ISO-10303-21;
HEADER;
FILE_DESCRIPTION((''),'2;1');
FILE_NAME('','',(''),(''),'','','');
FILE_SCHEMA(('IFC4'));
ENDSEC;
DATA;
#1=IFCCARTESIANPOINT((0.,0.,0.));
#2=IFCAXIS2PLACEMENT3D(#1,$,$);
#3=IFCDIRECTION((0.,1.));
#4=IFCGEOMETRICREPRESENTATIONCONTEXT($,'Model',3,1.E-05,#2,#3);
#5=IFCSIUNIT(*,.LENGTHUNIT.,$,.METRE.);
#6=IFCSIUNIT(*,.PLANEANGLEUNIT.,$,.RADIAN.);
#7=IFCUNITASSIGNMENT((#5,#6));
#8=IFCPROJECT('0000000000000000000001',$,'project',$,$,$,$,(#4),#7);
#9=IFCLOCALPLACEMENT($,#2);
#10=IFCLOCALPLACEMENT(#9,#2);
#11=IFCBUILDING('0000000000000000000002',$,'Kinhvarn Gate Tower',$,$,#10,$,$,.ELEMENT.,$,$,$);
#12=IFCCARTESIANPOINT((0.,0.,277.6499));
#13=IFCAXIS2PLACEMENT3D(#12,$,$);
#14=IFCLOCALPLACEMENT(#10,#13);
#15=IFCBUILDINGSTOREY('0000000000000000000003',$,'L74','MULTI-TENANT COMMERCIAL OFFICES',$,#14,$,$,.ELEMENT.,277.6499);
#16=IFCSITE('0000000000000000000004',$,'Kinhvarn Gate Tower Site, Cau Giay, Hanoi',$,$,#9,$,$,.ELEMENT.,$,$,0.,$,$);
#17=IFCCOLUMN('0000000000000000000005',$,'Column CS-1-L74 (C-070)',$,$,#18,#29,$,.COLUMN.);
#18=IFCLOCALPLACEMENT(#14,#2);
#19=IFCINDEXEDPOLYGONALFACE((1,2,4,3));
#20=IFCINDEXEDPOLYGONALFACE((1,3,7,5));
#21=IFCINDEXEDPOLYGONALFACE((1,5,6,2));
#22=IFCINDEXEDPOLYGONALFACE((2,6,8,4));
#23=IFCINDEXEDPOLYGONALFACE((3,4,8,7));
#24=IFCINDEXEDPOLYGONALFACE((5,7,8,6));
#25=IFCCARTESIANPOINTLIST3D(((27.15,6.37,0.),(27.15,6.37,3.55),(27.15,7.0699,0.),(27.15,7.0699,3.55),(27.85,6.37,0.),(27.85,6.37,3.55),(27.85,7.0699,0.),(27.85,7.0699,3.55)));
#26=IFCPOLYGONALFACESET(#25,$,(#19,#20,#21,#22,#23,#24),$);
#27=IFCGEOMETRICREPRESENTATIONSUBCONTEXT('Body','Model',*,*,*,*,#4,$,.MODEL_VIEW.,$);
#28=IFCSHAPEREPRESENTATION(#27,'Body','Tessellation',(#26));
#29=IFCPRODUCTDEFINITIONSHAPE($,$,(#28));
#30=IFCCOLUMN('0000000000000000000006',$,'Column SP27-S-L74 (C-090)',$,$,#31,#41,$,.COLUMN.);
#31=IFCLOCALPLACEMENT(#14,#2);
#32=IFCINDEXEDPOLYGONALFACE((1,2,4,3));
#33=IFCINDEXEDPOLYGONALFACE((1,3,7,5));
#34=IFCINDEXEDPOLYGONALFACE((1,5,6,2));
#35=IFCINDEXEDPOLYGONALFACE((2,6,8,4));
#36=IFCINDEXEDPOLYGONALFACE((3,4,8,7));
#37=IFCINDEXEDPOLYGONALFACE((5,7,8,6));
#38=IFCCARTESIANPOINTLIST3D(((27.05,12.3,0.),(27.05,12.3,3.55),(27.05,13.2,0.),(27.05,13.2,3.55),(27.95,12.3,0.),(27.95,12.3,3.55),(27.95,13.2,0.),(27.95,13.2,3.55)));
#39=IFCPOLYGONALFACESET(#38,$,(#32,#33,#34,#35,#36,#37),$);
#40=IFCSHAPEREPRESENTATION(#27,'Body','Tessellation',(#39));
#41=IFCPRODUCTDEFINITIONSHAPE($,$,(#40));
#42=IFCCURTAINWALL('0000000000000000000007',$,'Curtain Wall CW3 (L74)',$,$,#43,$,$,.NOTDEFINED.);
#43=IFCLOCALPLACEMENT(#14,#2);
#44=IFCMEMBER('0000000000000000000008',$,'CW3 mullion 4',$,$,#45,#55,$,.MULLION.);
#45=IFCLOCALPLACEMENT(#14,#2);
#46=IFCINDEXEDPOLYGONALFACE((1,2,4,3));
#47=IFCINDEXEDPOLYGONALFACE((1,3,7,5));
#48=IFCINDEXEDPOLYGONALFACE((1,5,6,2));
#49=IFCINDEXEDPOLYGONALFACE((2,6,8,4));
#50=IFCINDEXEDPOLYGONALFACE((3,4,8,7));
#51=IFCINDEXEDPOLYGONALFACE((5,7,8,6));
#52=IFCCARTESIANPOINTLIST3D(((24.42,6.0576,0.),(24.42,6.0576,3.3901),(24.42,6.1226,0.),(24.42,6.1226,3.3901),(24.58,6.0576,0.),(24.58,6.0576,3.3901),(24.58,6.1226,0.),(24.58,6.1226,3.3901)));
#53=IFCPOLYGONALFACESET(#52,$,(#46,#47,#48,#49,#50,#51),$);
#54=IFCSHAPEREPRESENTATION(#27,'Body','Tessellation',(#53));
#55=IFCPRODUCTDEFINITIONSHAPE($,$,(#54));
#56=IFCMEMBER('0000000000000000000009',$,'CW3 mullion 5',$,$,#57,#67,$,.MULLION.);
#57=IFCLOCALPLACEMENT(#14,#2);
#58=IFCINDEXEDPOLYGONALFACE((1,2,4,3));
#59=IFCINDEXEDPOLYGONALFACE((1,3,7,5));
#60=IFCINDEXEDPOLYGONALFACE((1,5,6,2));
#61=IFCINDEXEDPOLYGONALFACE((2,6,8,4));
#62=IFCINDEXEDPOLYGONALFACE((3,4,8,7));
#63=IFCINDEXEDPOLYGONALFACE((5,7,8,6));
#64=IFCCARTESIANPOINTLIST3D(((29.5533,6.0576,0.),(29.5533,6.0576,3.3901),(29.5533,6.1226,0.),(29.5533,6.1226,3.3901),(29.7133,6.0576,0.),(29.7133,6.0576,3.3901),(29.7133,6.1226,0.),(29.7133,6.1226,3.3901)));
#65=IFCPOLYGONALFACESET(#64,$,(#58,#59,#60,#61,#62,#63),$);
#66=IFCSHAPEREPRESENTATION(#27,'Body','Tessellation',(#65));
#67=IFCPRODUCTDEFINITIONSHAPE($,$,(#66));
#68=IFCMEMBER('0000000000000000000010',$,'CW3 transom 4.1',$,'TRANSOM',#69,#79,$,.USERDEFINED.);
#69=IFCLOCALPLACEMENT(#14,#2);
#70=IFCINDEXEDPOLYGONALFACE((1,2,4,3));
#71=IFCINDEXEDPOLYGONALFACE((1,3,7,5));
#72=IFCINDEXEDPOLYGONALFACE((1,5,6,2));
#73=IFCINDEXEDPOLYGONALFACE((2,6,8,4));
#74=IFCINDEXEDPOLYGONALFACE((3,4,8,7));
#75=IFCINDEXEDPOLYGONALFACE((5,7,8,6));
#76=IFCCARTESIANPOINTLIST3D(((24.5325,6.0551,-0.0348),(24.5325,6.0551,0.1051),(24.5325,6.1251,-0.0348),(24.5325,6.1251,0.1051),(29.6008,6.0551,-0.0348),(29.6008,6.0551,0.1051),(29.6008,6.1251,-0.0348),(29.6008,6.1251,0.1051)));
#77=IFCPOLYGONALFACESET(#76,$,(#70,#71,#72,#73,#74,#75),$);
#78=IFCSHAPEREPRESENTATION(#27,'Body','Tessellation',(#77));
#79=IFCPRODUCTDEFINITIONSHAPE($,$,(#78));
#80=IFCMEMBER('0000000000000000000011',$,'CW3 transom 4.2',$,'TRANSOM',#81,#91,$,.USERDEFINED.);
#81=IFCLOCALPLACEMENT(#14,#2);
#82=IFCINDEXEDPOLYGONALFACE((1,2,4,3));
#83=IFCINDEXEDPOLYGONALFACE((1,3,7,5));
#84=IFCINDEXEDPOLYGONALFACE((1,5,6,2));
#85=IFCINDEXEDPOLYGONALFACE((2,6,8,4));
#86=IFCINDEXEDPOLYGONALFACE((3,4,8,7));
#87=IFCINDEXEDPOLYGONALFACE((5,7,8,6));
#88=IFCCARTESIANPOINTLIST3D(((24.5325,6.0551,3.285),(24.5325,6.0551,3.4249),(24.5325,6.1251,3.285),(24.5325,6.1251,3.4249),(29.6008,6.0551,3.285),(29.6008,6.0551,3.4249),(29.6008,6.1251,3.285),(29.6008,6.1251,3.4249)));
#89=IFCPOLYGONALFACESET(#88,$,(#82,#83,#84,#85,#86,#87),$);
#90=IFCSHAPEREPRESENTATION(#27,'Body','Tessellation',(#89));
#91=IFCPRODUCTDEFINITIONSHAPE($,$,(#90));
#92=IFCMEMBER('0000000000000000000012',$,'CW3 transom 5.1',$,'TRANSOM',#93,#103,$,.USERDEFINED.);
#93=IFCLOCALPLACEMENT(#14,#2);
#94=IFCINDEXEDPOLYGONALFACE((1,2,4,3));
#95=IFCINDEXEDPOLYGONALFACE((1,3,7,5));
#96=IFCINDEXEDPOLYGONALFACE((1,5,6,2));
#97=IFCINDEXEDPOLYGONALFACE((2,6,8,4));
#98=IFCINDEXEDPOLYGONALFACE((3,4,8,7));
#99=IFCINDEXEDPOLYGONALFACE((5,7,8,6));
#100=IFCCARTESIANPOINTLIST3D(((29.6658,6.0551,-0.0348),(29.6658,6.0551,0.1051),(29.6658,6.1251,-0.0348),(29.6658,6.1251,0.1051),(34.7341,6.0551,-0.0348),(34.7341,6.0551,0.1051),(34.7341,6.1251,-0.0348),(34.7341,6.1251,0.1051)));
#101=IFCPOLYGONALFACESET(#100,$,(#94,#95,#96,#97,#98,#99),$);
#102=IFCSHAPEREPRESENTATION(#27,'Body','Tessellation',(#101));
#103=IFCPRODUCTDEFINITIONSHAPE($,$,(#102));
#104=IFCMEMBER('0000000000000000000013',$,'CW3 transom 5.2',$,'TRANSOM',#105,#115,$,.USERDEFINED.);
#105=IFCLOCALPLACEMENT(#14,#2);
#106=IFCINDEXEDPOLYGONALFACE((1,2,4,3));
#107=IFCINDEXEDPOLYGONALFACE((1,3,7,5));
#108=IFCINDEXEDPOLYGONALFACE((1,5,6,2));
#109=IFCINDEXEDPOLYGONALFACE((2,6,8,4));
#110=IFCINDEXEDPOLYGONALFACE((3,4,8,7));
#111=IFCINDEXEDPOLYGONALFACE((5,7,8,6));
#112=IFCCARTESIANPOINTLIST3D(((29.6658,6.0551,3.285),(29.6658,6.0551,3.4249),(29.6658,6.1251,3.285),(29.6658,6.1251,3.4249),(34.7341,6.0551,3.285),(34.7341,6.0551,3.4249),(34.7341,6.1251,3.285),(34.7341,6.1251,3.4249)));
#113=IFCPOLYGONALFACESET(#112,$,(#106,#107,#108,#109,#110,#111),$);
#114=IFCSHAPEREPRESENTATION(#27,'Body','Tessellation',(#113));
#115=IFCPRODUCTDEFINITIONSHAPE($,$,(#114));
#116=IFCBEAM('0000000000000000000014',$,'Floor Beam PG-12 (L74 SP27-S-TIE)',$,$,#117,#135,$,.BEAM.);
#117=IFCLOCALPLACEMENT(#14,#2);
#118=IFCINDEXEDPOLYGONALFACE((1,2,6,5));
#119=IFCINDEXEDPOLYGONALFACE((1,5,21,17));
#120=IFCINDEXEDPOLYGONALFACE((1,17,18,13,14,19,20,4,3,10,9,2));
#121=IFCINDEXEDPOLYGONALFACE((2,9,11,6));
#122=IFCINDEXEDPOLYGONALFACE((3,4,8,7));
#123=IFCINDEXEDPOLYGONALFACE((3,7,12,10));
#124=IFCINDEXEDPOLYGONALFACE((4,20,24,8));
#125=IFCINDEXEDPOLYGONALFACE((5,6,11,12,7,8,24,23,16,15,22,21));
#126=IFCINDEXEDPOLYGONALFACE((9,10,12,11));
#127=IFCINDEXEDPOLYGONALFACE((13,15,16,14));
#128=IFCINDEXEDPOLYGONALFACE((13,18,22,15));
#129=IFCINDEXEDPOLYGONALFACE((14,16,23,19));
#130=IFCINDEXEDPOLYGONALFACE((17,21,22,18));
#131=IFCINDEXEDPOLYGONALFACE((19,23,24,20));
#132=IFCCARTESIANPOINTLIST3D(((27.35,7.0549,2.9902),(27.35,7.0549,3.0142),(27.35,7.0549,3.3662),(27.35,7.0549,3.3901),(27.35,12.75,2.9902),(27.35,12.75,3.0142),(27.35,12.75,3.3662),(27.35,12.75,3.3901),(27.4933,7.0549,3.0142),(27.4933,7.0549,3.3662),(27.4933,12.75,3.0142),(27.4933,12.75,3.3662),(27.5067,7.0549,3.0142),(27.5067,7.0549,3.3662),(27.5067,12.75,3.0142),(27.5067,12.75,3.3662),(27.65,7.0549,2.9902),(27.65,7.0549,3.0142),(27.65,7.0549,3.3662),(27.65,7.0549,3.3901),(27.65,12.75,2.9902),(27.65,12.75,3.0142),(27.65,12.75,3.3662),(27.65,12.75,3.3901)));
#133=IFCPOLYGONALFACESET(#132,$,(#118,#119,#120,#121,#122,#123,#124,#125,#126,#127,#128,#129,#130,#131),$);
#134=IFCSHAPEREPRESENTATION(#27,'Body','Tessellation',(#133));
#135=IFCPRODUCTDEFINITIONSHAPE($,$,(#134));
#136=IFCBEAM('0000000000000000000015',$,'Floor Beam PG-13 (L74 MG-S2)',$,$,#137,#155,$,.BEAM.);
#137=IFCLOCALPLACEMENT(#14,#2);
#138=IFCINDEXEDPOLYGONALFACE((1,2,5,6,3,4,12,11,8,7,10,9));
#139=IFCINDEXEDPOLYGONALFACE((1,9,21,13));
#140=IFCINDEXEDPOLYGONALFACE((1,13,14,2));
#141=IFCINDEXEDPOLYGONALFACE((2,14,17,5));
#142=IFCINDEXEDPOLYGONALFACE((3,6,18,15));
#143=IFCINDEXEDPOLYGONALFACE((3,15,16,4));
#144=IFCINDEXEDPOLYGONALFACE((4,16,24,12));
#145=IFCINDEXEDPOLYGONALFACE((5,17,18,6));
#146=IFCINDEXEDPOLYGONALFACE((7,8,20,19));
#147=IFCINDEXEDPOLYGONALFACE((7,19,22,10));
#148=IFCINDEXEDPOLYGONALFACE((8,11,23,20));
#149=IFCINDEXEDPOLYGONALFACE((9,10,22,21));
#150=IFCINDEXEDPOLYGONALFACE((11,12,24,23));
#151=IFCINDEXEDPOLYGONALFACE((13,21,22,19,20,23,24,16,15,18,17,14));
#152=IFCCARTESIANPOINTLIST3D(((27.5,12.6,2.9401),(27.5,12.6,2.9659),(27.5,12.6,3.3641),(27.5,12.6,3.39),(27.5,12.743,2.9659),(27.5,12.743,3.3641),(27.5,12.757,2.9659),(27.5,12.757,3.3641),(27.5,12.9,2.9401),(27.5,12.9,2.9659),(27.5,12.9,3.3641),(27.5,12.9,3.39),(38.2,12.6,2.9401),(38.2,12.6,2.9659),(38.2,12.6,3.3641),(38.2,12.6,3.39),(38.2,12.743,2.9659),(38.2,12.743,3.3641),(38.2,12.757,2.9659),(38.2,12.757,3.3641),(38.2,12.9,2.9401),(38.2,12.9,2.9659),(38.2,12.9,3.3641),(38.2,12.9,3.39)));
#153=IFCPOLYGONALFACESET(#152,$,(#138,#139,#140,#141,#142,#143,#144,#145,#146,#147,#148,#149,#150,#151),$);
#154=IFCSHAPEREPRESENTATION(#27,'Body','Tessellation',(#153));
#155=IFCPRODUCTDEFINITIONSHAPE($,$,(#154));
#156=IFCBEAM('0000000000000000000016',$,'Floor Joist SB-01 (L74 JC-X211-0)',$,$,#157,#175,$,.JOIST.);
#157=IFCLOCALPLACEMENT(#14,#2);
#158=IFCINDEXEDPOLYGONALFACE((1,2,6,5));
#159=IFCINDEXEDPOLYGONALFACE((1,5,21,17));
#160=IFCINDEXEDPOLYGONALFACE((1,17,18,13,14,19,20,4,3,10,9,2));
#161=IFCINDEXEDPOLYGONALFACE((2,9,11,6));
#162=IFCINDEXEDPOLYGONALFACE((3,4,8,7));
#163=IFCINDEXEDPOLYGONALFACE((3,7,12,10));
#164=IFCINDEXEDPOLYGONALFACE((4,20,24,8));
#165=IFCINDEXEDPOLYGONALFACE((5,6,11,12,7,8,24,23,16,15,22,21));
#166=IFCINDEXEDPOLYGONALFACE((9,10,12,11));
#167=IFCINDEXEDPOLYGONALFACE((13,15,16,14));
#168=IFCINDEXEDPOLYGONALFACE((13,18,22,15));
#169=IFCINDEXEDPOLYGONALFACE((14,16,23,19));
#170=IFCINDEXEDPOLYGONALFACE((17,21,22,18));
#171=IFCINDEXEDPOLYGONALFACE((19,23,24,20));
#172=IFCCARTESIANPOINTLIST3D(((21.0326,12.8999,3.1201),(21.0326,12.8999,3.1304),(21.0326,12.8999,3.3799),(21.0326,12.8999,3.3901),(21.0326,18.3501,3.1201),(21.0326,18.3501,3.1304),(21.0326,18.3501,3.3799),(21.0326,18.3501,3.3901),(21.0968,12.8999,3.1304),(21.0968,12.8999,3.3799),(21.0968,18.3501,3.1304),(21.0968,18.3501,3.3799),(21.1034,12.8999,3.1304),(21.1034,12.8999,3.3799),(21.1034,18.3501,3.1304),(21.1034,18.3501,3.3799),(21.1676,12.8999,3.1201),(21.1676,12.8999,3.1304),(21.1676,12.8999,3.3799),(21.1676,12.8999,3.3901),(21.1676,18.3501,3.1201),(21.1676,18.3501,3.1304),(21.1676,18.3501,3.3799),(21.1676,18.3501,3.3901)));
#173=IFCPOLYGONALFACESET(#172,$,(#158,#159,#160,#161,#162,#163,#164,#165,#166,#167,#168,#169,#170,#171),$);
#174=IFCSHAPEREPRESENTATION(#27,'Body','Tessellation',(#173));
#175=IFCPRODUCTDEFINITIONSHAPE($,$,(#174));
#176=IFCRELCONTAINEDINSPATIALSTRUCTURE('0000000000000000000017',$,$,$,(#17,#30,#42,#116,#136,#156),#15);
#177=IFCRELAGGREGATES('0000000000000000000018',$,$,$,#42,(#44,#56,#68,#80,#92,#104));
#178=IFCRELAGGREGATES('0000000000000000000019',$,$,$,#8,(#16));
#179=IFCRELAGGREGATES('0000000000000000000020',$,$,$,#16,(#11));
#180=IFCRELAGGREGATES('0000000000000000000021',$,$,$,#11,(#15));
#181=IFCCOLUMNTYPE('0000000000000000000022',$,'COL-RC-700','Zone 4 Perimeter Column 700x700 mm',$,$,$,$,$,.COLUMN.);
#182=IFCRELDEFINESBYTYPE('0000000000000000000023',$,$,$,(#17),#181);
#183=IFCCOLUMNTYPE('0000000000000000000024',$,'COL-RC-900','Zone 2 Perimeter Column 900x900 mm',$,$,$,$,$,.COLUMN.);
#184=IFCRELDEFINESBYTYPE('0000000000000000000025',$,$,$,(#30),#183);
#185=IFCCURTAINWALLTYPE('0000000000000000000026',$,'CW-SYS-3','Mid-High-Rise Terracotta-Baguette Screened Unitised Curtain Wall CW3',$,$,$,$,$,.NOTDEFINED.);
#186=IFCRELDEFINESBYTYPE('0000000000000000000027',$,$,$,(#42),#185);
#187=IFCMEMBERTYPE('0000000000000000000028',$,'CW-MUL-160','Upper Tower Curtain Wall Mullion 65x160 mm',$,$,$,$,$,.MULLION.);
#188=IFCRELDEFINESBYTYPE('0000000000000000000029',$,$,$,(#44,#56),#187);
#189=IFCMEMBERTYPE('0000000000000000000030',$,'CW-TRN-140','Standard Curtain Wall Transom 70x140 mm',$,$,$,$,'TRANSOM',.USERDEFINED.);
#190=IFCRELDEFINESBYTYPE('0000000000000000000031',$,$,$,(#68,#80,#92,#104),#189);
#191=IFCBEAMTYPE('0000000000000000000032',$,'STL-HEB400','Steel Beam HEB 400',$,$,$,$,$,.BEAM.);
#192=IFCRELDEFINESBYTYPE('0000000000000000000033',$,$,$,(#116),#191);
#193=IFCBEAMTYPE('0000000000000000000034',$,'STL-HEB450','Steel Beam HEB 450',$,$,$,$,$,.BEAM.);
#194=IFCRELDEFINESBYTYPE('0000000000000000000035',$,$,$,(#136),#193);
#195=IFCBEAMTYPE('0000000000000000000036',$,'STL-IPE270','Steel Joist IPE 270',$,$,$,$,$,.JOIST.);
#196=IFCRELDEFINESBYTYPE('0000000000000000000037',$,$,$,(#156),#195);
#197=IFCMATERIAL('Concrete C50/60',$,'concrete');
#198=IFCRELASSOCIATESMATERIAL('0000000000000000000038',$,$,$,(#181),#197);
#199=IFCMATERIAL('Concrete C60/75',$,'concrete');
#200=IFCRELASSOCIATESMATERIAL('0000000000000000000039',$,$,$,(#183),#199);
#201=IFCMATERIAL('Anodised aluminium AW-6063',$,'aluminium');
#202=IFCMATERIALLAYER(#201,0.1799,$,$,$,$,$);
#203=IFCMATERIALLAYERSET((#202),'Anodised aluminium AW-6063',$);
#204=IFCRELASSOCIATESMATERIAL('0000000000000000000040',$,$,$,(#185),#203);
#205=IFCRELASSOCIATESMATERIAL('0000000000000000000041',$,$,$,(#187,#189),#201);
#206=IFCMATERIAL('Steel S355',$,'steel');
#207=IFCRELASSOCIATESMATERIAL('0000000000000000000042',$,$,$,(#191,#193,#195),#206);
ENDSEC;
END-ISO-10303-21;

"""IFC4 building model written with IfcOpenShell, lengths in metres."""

from ifc_helpers import new_model, si_unit, direction, frame, origin, origin_2d, place, context, subcontext, project, spatial, rectangle, i_section, extrude, material, layer, layer_set, material_profile, profile_set, type_object, element, aggregate, save


model = new_model("IFC4")

# Units and contexts
model_context = context("Model", 3, precision=1e-05, world=origin(), true_north=direction((0.0, 1.0)))
body_context = subcontext(model_context, "Body", "Model", "MODEL_VIEW")
ifc_project = project(units=[si_unit("LENGTHUNIT", "METRE"), si_unit("PLANEANGLEUNIT", "RADIAN")], contexts=[model_context])

# Site, building, storey
site_placement = place(None, origin())
site = spatial("IfcSite", under=ifc_project, at=site_placement, Name="Kinhvarn Gate Tower Site, Cau Giay, Hanoi", CompositionType="ELEMENT", RefElevation=0.0)
building_placement = place(site_placement, origin())
building = spatial("IfcBuilding", under=site, at=building_placement, Name="Kinhvarn Gate Tower", CompositionType="ELEMENT")
storey_placement = place(building_placement, frame((0.0, 0.0, 277.6499)))
storey = spatial("IfcBuildingStorey", under=building, at=storey_placement, Name="L74", Description="MULTI-TENANT COMMERCIAL OFFICES", CompositionType="ELEMENT", Elevation=277.6499)

# Columns
ifc_material_1 = material(Name="Concrete C50/60", Category="concrete")
ifc_material_profile_1 = material_profile(ifc_material_1, rectangle(XDim=0.7, YDim=0.7, at=origin_2d()), Name="RC 700x700")
ifc_profile_set_1 = profile_set([ifc_material_profile_1], Name="Concrete C50/60")
column_type_1 = type_object("IfcColumnType", Name="COL-RC-700", Description="Zone 4 Perimeter Column 700x700 mm", PredefinedType="COLUMN", material=ifc_profile_set_1)
column_1_placement = place(storey_placement, frame((27.5, 6.72, 0.0), z_axis=(0.0, 0.0, 1.0), x_axis=(1.0, 0.0, 0.0)))
element("IfcColumn", 1, at=column_1_placement, inside=storey, type_object=column_type_1, Name="Column CS-1-L74 (C-070)", PredefinedType="COLUMN", context=body_context, shape_type="SweptSolid", body=[
    extrude(rectangle(XDim=0.7, YDim=0.7, at=origin_2d()), origin(), (0.0, 0.0, 1.0), 3.55),
])
ifc_material_2 = material(Name="Concrete C60/75", Category="concrete")
ifc_material_profile_2 = material_profile(ifc_material_2, rectangle(XDim=0.8999, YDim=0.8999, at=origin_2d()), Name="RC 900x900")
ifc_profile_set_2 = profile_set([ifc_material_profile_2], Name="Concrete C60/75")
column_type_2 = type_object("IfcColumnType", Name="COL-RC-900", Description="Zone 2 Perimeter Column 900x900 mm", PredefinedType="COLUMN", material=ifc_profile_set_2)
column_2_placement = place(storey_placement, frame((27.5, 12.75, 0.0), z_axis=(0.0, 0.0, 1.0), x_axis=(1.0, 0.0, 0.0)))
element("IfcColumn", 2, at=column_2_placement, inside=storey, type_object=column_type_2, Name="Column SP27-S-L74 (C-090)", PredefinedType="COLUMN", context=body_context, shape_type="SweptSolid", body=[
    extrude(rectangle(XDim=0.8999, YDim=0.8999, at=origin_2d()), origin(), (0.0, 0.0, 1.0), 3.55),
])

# Curtain wall, members
ifc_material_3 = material(Name="Anodised aluminium AW-6063", Category="aluminium")
ifc_layer_1 = layer(ifc_material_3, 0.1799)
ifc_layer_set_1 = layer_set([ifc_layer_1], Name="Anodised aluminium AW-6063")
curtain_wall_type = type_object("IfcCurtainWallType", Name="CW-SYS-3", Description="Mid-High-Rise Terracotta-Baguette Screened Unitised Curtain Wall CW3", PredefinedType="NOTDEFINED", material=ifc_layer_set_1)
curtain_wall_placement = place(storey_placement, origin())
curtain_wall = element("IfcCurtainWall", 3, at=curtain_wall_placement, inside=storey, type_object=curtain_wall_type, Name="Curtain Wall CW3 (L74)", PredefinedType="NOTDEFINED")
ifc_material_profile_3 = material_profile(ifc_material_3, rectangle(XDim=0.0649, YDim=0.1599, at=origin_2d()), Name="ALU 65x160")
ifc_profile_set_3 = profile_set([ifc_material_profile_3], Name="Anodised aluminium AW-6063")
member_type_1 = type_object("IfcMemberType", Name="CW-MUL-160", Description="Upper Tower Curtain Wall Mullion 65x160 mm", PredefinedType="MULLION", material=ifc_profile_set_3)
member_1_placement = place(storey_placement, frame((24.5, 6.0901, 0.0), z_axis=(0.0, 0.0, 1.0), x_axis=(0.0, 1.0, 0.0)))
member_1 = element("IfcMember", 4, at=member_1_placement, type_object=member_type_1, Name="CW3 mullion 4", PredefinedType="MULLION", context=body_context, shape_type="SweptSolid", body=[
    extrude(rectangle(XDim=0.0649, YDim=0.1599, at=origin_2d()), origin(), (0.0, 0.0, 1.0), 3.3901),
])
member_2_placement = place(storey_placement, frame((29.6333, 6.0901, 0.0), z_axis=(0.0, 0.0, 1.0), x_axis=(0.0, 1.0, 0.0)))
member_2 = element("IfcMember", 5, at=member_2_placement, type_object=member_type_1, Name="CW3 mullion 5", PredefinedType="MULLION", context=body_context, shape_type="SweptSolid", body=[
    extrude(rectangle(XDim=0.0649, YDim=0.1599, at=origin_2d()), origin(), (0.0, 0.0, 1.0), 3.3901),
])
ifc_material_profile_4 = material_profile(ifc_material_3, rectangle(XDim=0.0701, YDim=0.1399, at=origin_2d()), Name="ALU 70x140")
ifc_profile_set_4 = profile_set([ifc_material_profile_4], Name="Anodised aluminium AW-6063")
member_type_2 = type_object("IfcMemberType", Name="CW-TRN-140", Description="Standard Curtain Wall Transom 70x140 mm", ElementType="TRANSOM", PredefinedType="USERDEFINED", material=ifc_profile_set_4)
member_3_placement = place(storey_placement, frame((24.5325, 6.0901, 0.0352), z_axis=(1.0, 0.0, 0.0), x_axis=(0.0, 1.0, 0.0)))
member_3 = element("IfcMember", 6, at=member_3_placement, type_object=member_type_2, Name="CW3 transom 4.1", ObjectType="TRANSOM", PredefinedType="USERDEFINED", context=body_context, shape_type="SweptSolid", body=[
    extrude(rectangle(XDim=0.0701, YDim=0.1399, at=origin_2d()), origin(), (0.0, 0.0, 1.0), 5.0684),
])
member_4_placement = place(storey_placement, frame((24.5325, 6.0901, 3.355), z_axis=(1.0, 0.0, 0.0), x_axis=(0.0, 1.0, 0.0)))
member_4 = element("IfcMember", 7, at=member_4_placement, type_object=member_type_2, Name="CW3 transom 4.2", ObjectType="TRANSOM", PredefinedType="USERDEFINED", context=body_context, shape_type="SweptSolid", body=[
    extrude(rectangle(XDim=0.0701, YDim=0.1399, at=origin_2d()), origin(), (0.0, 0.0, 1.0), 5.0684),
])
member_5_placement = place(storey_placement, frame((29.6658, 6.0901, 0.0352), z_axis=(1.0, 0.0, 0.0), x_axis=(0.0, 1.0, 0.0)))
member_5 = element("IfcMember", 8, at=member_5_placement, type_object=member_type_2, Name="CW3 transom 5.1", ObjectType="TRANSOM", PredefinedType="USERDEFINED", context=body_context, shape_type="SweptSolid", body=[
    extrude(rectangle(XDim=0.0701, YDim=0.1399, at=origin_2d()), origin(), (0.0, 0.0, 1.0), 5.0684),
])
member_6_placement = place(storey_placement, frame((29.6658, 6.0901, 3.355), z_axis=(1.0, 0.0, 0.0), x_axis=(0.0, 1.0, 0.0)))
member_6 = element("IfcMember", 9, at=member_6_placement, type_object=member_type_2, Name="CW3 transom 5.2", ObjectType="TRANSOM", PredefinedType="USERDEFINED", context=body_context, shape_type="SweptSolid", body=[
    extrude(rectangle(XDim=0.0701, YDim=0.1399, at=origin_2d()), origin(), (0.0, 0.0, 1.0), 5.0684),
])

# Beams
ifc_material_4 = material(Name="Steel S355", Category="steel")
ifc_material_profile_5 = material_profile(ifc_material_4, i_section(OverallWidth=0.3, OverallDepth=0.3999, WebThickness=0.0134, FlangeThickness=0.0239, at=origin_2d()), Name="HEB 400")
ifc_profile_set_5 = profile_set([ifc_material_profile_5], Name="Steel S355")
beam_type_1 = type_object("IfcBeamType", Name="STL-HEB400", Description="Steel Beam HEB 400", PredefinedType="BEAM", material=ifc_profile_set_5)
beam_1_placement = place(storey_placement, frame((27.5, 7.0549, 3.1902), z_axis=(0.0, 1.0, 0.0), x_axis=(-1.0, 0.0, 0.0)))
element("IfcBeam", 10, at=beam_1_placement, inside=storey, type_object=beam_type_1, Name="Floor Beam PG-12 (L74 SP27-S-TIE)", PredefinedType="BEAM", context=body_context, shape_type="SweptSolid", body=[
    extrude(i_section(OverallWidth=0.3, OverallDepth=0.3999, WebThickness=0.0134, FlangeThickness=0.0239, at=origin_2d()), origin(), (0.0, 0.0, 1.0), 5.6951),
])
ifc_material_profile_6 = material_profile(ifc_material_4, i_section(OverallWidth=0.3, OverallDepth=0.45, WebThickness=0.0139, FlangeThickness=0.0259, at=origin_2d()), Name="HEB 450")
ifc_profile_set_6 = profile_set([ifc_material_profile_6], Name="Steel S355")
beam_type_2 = type_object("IfcBeamType", Name="STL-HEB450", Description="Steel Beam HEB 450", PredefinedType="BEAM", material=ifc_profile_set_6)
beam_2_placement = place(storey_placement, frame((27.5, 12.75, 3.165), z_axis=(1.0, 0.0, 0.0), x_axis=(0.0, 1.0, 0.0)))
element("IfcBeam", 11, at=beam_2_placement, inside=storey, type_object=beam_type_2, Name="Floor Beam PG-13 (L74 MG-S2)", PredefinedType="BEAM", context=body_context, shape_type="SweptSolid", body=[
    extrude(i_section(OverallWidth=0.3, OverallDepth=0.45, WebThickness=0.0139, FlangeThickness=0.0259, at=origin_2d()), origin(), (0.0, 0.0, 1.0), 10.7),
])
ifc_material_profile_7 = material_profile(ifc_material_4, i_section(OverallWidth=0.135, OverallDepth=0.27, WebThickness=0.0066, FlangeThickness=0.0103, at=origin_2d()), Name="IPE 270")
ifc_profile_set_7 = profile_set([ifc_material_profile_7], Name="Steel S355")
beam_type_3 = type_object("IfcBeamType", Name="STL-IPE270", Description="Steel Joist IPE 270", PredefinedType="JOIST", material=ifc_profile_set_7)
for number, where, z_axis, x_axis, name in (
    (12, (21.1001, 12.8999, 3.2551), (0.0, 1.0, 0.0), (-1.0, 0.0, 0.0), "Floor Joist SB-01 (L74 JC-X211-0)"),
):
    element("IfcBeam", number, at=place(storey_placement, frame(where, z_axis=z_axis, x_axis=x_axis)), inside=storey, type_object=beam_type_3, Name=name, PredefinedType="JOIST", context=body_context, shape_type="SweptSolid", body=[
        extrude(i_section(OverallWidth=0.135, OverallDepth=0.27, WebThickness=0.0066, FlangeThickness=0.0103, at=origin_2d()), origin(), (0.0, 0.0, 1.0), 5.4502),
    ])

aggregate(curtain_wall, [member_1, member_2, member_3, member_4, member_5, member_6])

save(model, "model.ifc")
